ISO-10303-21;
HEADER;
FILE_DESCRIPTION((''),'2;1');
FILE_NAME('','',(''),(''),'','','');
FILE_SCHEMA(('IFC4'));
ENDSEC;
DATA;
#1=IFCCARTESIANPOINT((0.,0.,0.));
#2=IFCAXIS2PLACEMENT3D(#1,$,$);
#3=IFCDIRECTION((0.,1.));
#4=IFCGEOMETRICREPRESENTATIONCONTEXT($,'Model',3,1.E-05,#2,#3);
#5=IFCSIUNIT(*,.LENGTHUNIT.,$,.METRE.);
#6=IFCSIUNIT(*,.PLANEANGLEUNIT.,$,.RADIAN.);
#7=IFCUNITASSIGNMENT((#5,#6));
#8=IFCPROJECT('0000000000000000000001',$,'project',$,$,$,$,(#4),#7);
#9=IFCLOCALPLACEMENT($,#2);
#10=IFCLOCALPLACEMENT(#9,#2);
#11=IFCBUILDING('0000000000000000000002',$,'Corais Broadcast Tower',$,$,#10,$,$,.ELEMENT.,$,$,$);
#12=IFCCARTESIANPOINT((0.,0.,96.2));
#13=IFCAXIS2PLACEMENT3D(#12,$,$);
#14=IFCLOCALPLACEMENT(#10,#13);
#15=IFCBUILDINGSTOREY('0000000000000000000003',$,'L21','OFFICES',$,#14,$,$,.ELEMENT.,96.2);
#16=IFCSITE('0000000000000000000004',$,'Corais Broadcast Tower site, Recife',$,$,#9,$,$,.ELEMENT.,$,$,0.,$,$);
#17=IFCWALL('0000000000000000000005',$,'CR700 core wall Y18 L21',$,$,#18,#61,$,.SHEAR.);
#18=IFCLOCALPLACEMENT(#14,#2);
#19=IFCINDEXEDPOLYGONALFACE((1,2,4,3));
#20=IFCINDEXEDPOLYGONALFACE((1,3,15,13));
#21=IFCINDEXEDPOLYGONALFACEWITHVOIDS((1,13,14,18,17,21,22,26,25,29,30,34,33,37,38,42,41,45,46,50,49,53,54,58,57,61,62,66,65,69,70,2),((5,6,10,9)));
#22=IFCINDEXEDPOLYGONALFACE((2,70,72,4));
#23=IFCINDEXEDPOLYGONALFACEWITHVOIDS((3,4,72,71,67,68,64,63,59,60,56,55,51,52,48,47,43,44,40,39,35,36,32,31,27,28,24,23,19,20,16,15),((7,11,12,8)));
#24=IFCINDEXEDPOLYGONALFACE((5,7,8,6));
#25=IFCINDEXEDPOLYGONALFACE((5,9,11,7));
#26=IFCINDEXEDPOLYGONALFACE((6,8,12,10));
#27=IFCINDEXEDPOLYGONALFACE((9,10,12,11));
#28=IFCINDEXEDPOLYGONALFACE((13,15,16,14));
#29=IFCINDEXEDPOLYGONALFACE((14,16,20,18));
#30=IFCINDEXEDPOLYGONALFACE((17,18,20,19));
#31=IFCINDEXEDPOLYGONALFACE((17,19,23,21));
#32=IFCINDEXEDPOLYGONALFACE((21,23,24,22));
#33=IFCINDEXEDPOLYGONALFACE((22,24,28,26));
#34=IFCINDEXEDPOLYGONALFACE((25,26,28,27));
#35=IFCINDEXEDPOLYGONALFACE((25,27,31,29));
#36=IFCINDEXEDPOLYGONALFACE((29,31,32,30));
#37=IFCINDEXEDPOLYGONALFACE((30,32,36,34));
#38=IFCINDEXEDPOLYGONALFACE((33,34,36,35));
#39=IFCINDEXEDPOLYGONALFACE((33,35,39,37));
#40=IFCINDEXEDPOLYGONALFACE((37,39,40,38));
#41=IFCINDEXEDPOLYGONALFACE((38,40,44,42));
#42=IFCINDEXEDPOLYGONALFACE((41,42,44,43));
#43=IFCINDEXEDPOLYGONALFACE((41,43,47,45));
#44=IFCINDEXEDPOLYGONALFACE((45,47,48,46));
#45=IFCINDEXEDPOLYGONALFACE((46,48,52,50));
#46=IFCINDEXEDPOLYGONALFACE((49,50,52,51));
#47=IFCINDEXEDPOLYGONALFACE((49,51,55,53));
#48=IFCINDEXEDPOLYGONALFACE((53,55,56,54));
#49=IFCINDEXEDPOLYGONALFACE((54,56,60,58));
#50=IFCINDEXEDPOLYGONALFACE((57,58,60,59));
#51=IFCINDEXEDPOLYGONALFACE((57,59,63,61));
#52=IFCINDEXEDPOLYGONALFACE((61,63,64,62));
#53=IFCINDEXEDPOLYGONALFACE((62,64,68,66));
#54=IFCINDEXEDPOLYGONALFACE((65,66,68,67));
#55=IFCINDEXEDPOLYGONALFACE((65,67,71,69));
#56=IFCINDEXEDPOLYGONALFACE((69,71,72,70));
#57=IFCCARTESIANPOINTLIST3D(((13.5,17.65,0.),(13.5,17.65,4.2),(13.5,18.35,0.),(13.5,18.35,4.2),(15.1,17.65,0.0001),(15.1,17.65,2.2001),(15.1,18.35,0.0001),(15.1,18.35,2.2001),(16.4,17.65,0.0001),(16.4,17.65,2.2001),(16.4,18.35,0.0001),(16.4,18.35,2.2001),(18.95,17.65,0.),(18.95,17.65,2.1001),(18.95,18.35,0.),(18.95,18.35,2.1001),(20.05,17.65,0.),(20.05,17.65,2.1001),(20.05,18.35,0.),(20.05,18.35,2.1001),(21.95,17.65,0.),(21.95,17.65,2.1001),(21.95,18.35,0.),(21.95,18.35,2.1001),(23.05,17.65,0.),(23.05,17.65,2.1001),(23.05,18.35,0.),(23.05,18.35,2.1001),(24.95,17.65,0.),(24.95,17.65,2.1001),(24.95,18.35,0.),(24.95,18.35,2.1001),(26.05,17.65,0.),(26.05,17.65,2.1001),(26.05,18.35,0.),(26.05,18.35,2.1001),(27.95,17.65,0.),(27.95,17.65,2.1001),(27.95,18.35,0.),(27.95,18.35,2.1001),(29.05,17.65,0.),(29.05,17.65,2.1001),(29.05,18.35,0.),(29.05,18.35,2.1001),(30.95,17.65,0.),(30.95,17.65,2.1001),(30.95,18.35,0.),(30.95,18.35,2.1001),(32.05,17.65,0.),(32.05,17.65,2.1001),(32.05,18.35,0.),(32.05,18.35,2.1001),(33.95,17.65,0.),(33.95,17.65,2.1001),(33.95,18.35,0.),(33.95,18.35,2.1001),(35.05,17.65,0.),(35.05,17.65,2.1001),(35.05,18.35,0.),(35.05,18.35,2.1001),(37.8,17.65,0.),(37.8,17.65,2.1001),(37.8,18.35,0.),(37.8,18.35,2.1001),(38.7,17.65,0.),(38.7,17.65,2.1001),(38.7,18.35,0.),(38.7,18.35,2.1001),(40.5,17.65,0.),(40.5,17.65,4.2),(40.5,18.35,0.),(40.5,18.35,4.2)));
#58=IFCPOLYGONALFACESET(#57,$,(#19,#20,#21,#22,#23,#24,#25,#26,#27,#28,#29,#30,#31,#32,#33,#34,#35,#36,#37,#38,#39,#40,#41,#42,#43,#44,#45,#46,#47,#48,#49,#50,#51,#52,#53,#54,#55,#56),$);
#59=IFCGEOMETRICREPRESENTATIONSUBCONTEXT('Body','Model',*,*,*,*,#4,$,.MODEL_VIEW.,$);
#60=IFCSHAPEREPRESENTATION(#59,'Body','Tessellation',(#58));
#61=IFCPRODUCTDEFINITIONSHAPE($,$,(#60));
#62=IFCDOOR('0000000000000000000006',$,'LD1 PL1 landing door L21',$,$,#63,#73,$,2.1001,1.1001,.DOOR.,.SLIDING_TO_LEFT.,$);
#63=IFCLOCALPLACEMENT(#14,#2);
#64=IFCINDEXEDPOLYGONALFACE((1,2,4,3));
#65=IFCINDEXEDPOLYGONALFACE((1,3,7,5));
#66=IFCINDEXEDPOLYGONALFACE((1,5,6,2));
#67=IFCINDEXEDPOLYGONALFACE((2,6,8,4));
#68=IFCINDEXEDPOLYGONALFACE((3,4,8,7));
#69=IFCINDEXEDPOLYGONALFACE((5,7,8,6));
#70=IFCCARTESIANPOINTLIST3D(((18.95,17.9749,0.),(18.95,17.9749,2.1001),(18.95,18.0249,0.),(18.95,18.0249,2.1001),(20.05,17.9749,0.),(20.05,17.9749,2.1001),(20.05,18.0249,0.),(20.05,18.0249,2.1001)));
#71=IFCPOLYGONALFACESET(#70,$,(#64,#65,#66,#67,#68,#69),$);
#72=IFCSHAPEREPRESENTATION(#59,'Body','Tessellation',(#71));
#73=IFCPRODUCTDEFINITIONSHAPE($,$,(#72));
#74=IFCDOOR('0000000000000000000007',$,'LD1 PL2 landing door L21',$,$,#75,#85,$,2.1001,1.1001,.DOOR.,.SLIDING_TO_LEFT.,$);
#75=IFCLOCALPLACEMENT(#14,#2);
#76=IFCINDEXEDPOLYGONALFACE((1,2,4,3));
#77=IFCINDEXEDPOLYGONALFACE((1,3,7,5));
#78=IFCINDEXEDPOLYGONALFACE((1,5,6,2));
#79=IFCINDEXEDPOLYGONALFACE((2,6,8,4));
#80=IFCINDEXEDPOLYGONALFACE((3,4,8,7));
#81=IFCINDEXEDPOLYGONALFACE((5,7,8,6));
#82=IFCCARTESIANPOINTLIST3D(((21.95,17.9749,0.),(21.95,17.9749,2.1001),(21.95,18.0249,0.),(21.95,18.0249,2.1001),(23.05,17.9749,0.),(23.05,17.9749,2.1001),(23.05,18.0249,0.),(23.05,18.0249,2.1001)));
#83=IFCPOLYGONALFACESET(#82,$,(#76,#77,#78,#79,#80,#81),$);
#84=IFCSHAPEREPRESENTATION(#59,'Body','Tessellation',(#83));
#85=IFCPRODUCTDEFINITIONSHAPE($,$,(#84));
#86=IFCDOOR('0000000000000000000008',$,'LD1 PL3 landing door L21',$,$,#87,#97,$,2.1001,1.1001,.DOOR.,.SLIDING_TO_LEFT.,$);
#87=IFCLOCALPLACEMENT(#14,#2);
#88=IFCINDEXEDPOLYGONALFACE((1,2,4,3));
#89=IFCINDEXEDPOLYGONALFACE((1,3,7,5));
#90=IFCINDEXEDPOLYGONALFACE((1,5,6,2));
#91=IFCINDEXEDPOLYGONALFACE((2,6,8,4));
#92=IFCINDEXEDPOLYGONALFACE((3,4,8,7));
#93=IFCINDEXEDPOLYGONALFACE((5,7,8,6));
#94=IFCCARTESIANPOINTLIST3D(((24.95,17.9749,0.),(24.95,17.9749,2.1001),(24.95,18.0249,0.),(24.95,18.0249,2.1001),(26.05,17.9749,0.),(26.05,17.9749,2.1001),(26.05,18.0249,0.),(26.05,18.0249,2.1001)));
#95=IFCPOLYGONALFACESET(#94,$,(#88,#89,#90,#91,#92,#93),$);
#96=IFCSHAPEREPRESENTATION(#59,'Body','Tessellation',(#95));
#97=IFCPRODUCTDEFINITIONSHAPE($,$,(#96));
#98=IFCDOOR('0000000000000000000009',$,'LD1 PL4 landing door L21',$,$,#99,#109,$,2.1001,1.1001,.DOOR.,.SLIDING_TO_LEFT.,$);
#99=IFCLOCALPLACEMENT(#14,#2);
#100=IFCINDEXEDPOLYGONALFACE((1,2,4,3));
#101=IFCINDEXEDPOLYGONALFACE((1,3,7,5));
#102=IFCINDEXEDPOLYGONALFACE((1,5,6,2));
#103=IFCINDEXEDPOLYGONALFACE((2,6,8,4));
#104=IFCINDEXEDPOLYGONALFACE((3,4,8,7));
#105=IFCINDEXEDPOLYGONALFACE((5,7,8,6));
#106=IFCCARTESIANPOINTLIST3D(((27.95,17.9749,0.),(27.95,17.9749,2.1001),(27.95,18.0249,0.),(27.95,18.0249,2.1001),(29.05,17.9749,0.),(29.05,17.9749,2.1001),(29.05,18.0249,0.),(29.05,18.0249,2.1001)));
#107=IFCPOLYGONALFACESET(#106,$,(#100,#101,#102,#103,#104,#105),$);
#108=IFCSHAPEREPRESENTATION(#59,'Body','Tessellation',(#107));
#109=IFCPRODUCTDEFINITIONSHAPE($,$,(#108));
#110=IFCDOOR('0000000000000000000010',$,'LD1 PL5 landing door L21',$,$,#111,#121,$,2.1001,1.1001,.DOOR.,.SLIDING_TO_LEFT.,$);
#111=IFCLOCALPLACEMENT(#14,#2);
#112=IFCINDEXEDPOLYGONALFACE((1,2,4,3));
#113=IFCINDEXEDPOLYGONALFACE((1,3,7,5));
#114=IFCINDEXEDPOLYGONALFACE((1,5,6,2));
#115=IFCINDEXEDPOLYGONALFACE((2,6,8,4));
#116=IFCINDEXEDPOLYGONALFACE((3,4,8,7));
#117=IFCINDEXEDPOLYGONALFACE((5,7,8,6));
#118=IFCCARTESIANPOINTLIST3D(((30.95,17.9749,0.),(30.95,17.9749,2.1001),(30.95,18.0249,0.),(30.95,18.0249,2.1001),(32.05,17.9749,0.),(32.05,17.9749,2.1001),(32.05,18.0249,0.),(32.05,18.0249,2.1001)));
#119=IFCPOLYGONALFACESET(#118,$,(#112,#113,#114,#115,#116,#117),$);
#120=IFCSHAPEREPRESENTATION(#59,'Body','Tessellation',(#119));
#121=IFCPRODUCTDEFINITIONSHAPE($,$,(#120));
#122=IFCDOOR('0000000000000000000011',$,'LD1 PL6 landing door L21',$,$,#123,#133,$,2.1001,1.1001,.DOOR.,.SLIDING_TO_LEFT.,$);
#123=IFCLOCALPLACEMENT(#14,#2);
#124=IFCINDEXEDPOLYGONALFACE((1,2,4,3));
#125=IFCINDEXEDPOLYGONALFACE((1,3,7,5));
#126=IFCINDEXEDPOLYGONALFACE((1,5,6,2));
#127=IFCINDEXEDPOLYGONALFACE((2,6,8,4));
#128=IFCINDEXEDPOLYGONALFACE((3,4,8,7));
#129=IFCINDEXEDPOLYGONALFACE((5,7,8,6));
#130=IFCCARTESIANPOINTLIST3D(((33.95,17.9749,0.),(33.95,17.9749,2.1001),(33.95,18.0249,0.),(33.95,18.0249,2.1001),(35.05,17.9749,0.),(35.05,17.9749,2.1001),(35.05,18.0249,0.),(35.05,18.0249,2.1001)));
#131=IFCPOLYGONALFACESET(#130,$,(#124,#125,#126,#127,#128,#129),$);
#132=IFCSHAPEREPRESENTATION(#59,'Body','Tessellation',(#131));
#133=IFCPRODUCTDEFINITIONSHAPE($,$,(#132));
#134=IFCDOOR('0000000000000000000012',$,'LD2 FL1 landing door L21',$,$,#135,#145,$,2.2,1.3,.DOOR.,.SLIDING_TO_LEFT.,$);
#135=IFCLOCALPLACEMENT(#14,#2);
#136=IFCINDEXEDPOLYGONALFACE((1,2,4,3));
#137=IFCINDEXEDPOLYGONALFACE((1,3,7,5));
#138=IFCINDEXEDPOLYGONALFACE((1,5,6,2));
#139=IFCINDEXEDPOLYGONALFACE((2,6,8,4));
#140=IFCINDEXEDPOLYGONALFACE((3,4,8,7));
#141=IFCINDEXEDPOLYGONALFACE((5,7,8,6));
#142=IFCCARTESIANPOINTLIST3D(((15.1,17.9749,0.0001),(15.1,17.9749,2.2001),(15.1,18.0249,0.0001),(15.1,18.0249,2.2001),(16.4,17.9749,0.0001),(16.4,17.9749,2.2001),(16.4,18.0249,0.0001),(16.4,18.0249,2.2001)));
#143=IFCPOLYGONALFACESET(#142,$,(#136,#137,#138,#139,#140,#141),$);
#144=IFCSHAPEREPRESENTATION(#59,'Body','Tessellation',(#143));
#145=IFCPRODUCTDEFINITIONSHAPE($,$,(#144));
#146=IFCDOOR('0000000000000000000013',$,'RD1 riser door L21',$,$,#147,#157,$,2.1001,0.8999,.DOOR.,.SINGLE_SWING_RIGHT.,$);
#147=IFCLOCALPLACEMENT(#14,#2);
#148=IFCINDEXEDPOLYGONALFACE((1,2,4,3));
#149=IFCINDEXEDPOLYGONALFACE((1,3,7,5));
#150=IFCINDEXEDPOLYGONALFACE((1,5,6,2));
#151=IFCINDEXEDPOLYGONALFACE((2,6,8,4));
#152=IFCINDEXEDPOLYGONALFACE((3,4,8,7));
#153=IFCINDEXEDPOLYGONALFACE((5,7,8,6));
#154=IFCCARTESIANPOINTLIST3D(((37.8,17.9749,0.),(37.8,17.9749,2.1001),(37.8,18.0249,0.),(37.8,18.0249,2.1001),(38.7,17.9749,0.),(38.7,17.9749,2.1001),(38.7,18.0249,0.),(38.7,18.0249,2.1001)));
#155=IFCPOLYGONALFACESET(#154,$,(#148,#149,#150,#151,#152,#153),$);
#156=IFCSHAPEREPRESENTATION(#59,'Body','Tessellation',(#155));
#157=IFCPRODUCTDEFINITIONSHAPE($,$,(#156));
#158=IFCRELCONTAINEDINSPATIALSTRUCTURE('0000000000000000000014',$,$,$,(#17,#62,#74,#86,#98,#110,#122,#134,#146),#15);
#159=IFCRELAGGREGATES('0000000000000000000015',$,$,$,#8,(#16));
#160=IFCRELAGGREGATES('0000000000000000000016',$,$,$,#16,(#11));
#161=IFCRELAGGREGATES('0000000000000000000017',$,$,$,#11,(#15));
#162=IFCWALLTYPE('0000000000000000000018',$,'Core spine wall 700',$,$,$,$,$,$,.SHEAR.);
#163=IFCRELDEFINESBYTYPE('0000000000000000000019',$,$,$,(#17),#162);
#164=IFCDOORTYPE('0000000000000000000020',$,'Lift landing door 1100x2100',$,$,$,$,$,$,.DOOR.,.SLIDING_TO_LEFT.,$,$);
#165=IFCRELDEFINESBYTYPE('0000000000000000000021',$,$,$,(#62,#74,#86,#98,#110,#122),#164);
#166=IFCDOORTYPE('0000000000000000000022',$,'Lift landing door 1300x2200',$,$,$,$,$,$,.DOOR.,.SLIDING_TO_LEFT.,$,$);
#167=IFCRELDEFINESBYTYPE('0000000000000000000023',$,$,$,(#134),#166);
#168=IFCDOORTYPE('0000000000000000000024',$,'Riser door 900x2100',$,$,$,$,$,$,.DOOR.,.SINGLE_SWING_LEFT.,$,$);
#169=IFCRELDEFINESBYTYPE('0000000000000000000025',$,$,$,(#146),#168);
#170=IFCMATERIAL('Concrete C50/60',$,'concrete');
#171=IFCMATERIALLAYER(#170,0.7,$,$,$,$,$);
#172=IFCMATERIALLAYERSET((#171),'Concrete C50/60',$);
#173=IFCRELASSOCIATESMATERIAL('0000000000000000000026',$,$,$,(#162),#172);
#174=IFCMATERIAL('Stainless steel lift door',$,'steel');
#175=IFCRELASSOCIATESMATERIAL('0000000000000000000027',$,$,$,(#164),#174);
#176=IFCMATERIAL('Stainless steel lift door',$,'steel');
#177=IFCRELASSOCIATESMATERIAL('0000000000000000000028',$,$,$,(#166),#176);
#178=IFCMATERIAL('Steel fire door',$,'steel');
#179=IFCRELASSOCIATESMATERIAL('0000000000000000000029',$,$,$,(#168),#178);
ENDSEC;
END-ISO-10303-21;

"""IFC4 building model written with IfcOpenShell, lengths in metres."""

from ifc_helpers import new_model, si_unit, direction, frame, frame_2d, origin, place, context, subcontext, project, spatial, rectangle, extrude, material, layer, layer_set, type_object, element, fill, save


model = new_model("IFC4")

# Units and contexts
model_context = context("Model", 3, precision=1e-05, world=origin(), true_north=direction((0.0, 1.0)))
body_context = subcontext(model_context, "Body", "Model", "MODEL_VIEW")
ifc_project = project(units=[si_unit("LENGTHUNIT", "METRE"), si_unit("PLANEANGLEUNIT", "RADIAN")], contexts=[model_context])

# Site, building, storey
site_placement = place(None, origin())
site = spatial("IfcSite", under=ifc_project, at=site_placement, Name="Corais Broadcast Tower site, Recife", CompositionType="ELEMENT", RefElevation=0.0)
building_placement = place(site_placement, origin())
building = spatial("IfcBuilding", under=site, at=building_placement, Name="Corais Broadcast Tower", CompositionType="ELEMENT")
storey_placement = place(building_placement, frame((0.0, 0.0, 96.2)))
storey = spatial("IfcBuildingStorey", under=building, at=storey_placement, Name="L21", Description="OFFICES", CompositionType="ELEMENT", Elevation=96.2)

# Wall, openings, doors
ifc_material_1 = material(Name="Concrete C50/60", Category="concrete")
ifc_layer_1 = layer(ifc_material_1, 0.7)
ifc_layer_set_1 = layer_set([ifc_layer_1], Name="Concrete C50/60")
wall_type_1 = type_object("IfcWallType", Name="Core spine wall 700", PredefinedType="SHEAR", material=ifc_layer_set_1)
wall_1_placement = place(storey_placement, frame((13.5, 18.0, 0.0), z_axis=(0.0, 0.0, 1.0), x_axis=(1.0, 0.0, 0.0)))
wall_1 = element("IfcWall", 1, at=wall_1_placement, inside=storey, type_object=wall_type_1, Name="CR700 core wall Y18 L21", PredefinedType="SHEAR", context=body_context, shape_type="SweptSolid", body=[
    extrude(rectangle(XDim=27.0, YDim=0.7, at=frame_2d((13.5, 0.0))), origin(), (0.0, 0.0, 1.0), 4.2),
])
opening_1_placement = place(wall_1_placement, frame((24.3, 0.0, 0.0)))
opening_1 = element("IfcOpeningElement", 2, at=opening_1_placement, cuts=wall_1, PredefinedType="OPENING", context=body_context, shape_type="SweptSolid", body=[
    extrude(rectangle(XDim=0.8999, YDim=2.1001, at=frame_2d((0.45, 1.05))), frame((0.0, 0.3599, 0.0), z_axis=(0.0, -1.0, 0.0), x_axis=(1.0, 0.0, 0.0)), (0.0, 0.0, 1.0), 0.72),
])
opening_2_placement = place(wall_1_placement, frame((5.45, 0.0, 0.0)))
opening_2 = element("IfcOpeningElement", 3, at=opening_2_placement, cuts=wall_1, PredefinedType="OPENING", context=body_context, shape_type="SweptSolid", body=[
    extrude(rectangle(XDim=1.1001, YDim=2.1001, at=frame_2d((0.55, 1.05))), frame((0.0, 0.3599, 0.0), z_axis=(0.0, -1.0, 0.0), x_axis=(1.0, 0.0, 0.0)), (0.0, 0.0, 1.0), 0.72),
])
opening_3_placement = place(wall_1_placement, frame((8.45, 0.0, 0.0)))
opening_3 = element("IfcOpeningElement", 4, at=opening_3_placement, cuts=wall_1, PredefinedType="OPENING", context=body_context, shape_type="SweptSolid", body=[
    extrude(rectangle(XDim=1.1001, YDim=2.1001, at=frame_2d((0.55, 1.05))), frame((0.0, 0.3599, 0.0), z_axis=(0.0, -1.0, 0.0), x_axis=(1.0, 0.0, 0.0)), (0.0, 0.0, 1.0), 0.72),
])
opening_4_placement = place(wall_1_placement, frame((11.45, 0.0, 0.0)))
opening_4 = element("IfcOpeningElement", 5, at=opening_4_placement, cuts=wall_1, PredefinedType="OPENING", context=body_context, shape_type="SweptSolid", body=[
    extrude(rectangle(XDim=1.1001, YDim=2.1001, at=frame_2d((0.55, 1.05))), frame((0.0, 0.3599, 0.0), z_axis=(0.0, -1.0, 0.0), x_axis=(1.0, 0.0, 0.0)), (0.0, 0.0, 1.0), 0.72),
])
opening_5_placement = place(wall_1_placement, frame((14.45, 0.0, 0.0)))
opening_5 = element("IfcOpeningElement", 6, at=opening_5_placement, cuts=wall_1, PredefinedType="OPENING", context=body_context, shape_type="SweptSolid", body=[
    extrude(rectangle(XDim=1.1001, YDim=2.1001, at=frame_2d((0.55, 1.05))), frame((0.0, 0.3599, 0.0), z_axis=(0.0, -1.0, 0.0), x_axis=(1.0, 0.0, 0.0)), (0.0, 0.0, 1.0), 0.72),
])
opening_6_placement = place(wall_1_placement, frame((17.45, 0.0, 0.0)))
opening_6 = element("IfcOpeningElement", 7, at=opening_6_placement, cuts=wall_1, PredefinedType="OPENING", context=body_context, shape_type="SweptSolid", body=[
    extrude(rectangle(XDim=1.1001, YDim=2.1001, at=frame_2d((0.55, 1.05))), frame((0.0, 0.3599, 0.0), z_axis=(0.0, -1.0, 0.0), x_axis=(1.0, 0.0, 0.0)), (0.0, 0.0, 1.0), 0.72),
])
opening_7_placement = place(wall_1_placement, frame((20.45, 0.0, 0.0)))
opening_7 = element("IfcOpeningElement", 8, at=opening_7_placement, cuts=wall_1, PredefinedType="OPENING", context=body_context, shape_type="SweptSolid", body=[
    extrude(rectangle(XDim=1.1001, YDim=2.1001, at=frame_2d((0.55, 1.05))), frame((0.0, 0.3599, 0.0), z_axis=(0.0, -1.0, 0.0), x_axis=(1.0, 0.0, 0.0)), (0.0, 0.0, 1.0), 0.72),
])
opening_8_placement = place(wall_1_placement, frame((1.6001, 0.0, 0.0)))
opening_8 = element("IfcOpeningElement", 9, at=opening_8_placement, cuts=wall_1, PredefinedType="OPENING", context=body_context, shape_type="SweptSolid", body=[
    extrude(rectangle(XDim=1.3, YDim=2.2, at=frame_2d((0.6499, 1.1001))), frame((0.0, 0.3599, 0.0), z_axis=(0.0, -1.0, 0.0), x_axis=(1.0, 0.0, 0.0)), (0.0, 0.0, 1.0), 0.72),
])
ifc_material_2 = material(Name="Stainless steel lift door", Category="steel")
door_type_1 = type_object("IfcDoorType", Name="Lift landing door 1100x2100", OperationType="SLIDING_TO_LEFT", PredefinedType="DOOR", material=ifc_material_2)
door_1_placement = place(opening_2_placement, origin())
door_1 = element("IfcDoor", 10, at=door_1_placement, inside=storey, type_object=door_type_1, Name="LD1 PL1 landing door L21", OperationType="SLIDING_TO_LEFT", OverallHeight=2.1001, OverallWidth=1.1001, PredefinedType="DOOR", context=body_context, shape_type="SweptSolid", body=[
    extrude(rectangle(XDim=1.1001, YDim=2.1001, at=frame_2d((0.55, 1.05))), frame((0.0, 0.0249, 0.0), z_axis=(0.0, -1.0, 0.0), x_axis=(1.0, 0.0, 0.0)), (0.0, 0.0, 1.0), 0.05),
])
fill(opening_2, door_1)
door_2_placement = place(opening_3_placement, origin())
door_2 = element("IfcDoor", 11, at=door_2_placement, inside=storey, type_object=door_type_1, Name="LD1 PL2 landing door L21", OperationType="SLIDING_TO_LEFT", OverallHeight=2.1001, OverallWidth=1.1001, PredefinedType="DOOR", context=body_context, shape_type="SweptSolid", body=[
    extrude(rectangle(XDim=1.1001, YDim=2.1001, at=frame_2d((0.55, 1.05))), frame((0.0, 0.0249, 0.0), z_axis=(0.0, -1.0, 0.0), x_axis=(1.0, 0.0, 0.0)), (0.0, 0.0, 1.0), 0.05),
])
fill(opening_3, door_2)
door_3_placement = place(opening_4_placement, origin())
door_3 = element("IfcDoor", 12, at=door_3_placement, inside=storey, type_object=door_type_1, Name="LD1 PL3 landing door L21", OperationType="SLIDING_TO_LEFT", OverallHeight=2.1001, OverallWidth=1.1001, PredefinedType="DOOR", context=body_context, shape_type="SweptSolid", body=[
    extrude(rectangle(XDim=1.1001, YDim=2.1001, at=frame_2d((0.55, 1.05))), frame((0.0, 0.0249, 0.0), z_axis=(0.0, -1.0, 0.0), x_axis=(1.0, 0.0, 0.0)), (0.0, 0.0, 1.0), 0.05),
])
fill(opening_4, door_3)
door_4_placement = place(opening_5_placement, origin())
door_4 = element("IfcDoor", 13, at=door_4_placement, inside=storey, type_object=door_type_1, Name="LD1 PL4 landing door L21", OperationType="SLIDING_TO_LEFT", OverallHeight=2.1001, OverallWidth=1.1001, PredefinedType="DOOR", context=body_context, shape_type="SweptSolid", body=[
    extrude(rectangle(XDim=1.1001, YDim=2.1001, at=frame_2d((0.55, 1.05))), frame((0.0, 0.0249, 0.0), z_axis=(0.0, -1.0, 0.0), x_axis=(1.0, 0.0, 0.0)), (0.0, 0.0, 1.0), 0.05),
])
fill(opening_5, door_4)
door_5_placement = place(opening_6_placement, origin())
door_5 = element("IfcDoor", 14, at=door_5_placement, inside=storey, type_object=door_type_1, Name="LD1 PL5 landing door L21", OperationType="SLIDING_TO_LEFT", OverallHeight=2.1001, OverallWidth=1.1001, PredefinedType="DOOR", context=body_context, shape_type="SweptSolid", body=[
    extrude(rectangle(XDim=1.1001, YDim=2.1001, at=frame_2d((0.55, 1.05))), frame((0.0, 0.0249, 0.0), z_axis=(0.0, -1.0, 0.0), x_axis=(1.0, 0.0, 0.0)), (0.0, 0.0, 1.0), 0.05),
])
fill(opening_6, door_5)
door_6_placement = place(opening_7_placement, origin())
door_6 = element("IfcDoor", 15, at=door_6_placement, inside=storey, type_object=door_type_1, Name="LD1 PL6 landing door L21", OperationType="SLIDING_TO_LEFT", OverallHeight=2.1001, OverallWidth=1.1001, PredefinedType="DOOR", context=body_context, shape_type="SweptSolid", body=[
    extrude(rectangle(XDim=1.1001, YDim=2.1001, at=frame_2d((0.55, 1.05))), frame((0.0, 0.0249, 0.0), z_axis=(0.0, -1.0, 0.0), x_axis=(1.0, 0.0, 0.0)), (0.0, 0.0, 1.0), 0.05),
])
fill(opening_7, door_6)
ifc_material_3 = material(Name="Stainless steel lift door", Category="steel")
door_type_2 = type_object("IfcDoorType", Name="Lift landing door 1300x2200", OperationType="SLIDING_TO_LEFT", PredefinedType="DOOR", material=ifc_material_3)
door_7_placement = place(opening_8_placement, origin())
door_7 = element("IfcDoor", 16, at=door_7_placement, inside=storey, type_object=door_type_2, Name="LD2 FL1 landing door L21", OperationType="SLIDING_TO_LEFT", OverallHeight=2.2, OverallWidth=1.3, PredefinedType="DOOR", context=body_context, shape_type="SweptSolid", body=[
    extrude(rectangle(XDim=1.3, YDim=2.2, at=frame_2d((0.6499, 1.1001))), frame((0.0, 0.0249, 0.0), z_axis=(0.0, -1.0, 0.0), x_axis=(1.0, 0.0, 0.0)), (0.0, 0.0, 1.0), 0.05),
])
fill(opening_8, door_7)
ifc_material_4 = material(Name="Steel fire door", Category="steel")
door_type_3 = type_object("IfcDoorType", Name="Riser door 900x2100", OperationType="SINGLE_SWING_LEFT", PredefinedType="DOOR", material=ifc_material_4)
door_8_placement = place(opening_1_placement, origin())
door_8 = element("IfcDoor", 17, at=door_8_placement, inside=storey, type_object=door_type_3, Name="RD1 riser door L21", OperationType="SINGLE_SWING_RIGHT", OverallHeight=2.1001, OverallWidth=0.8999, PredefinedType="DOOR", context=body_context, shape_type="SweptSolid", body=[
    extrude(rectangle(XDim=0.8999, YDim=2.1001, at=frame_2d((0.45, 1.05))), frame((0.0, 0.0249, 0.0), z_axis=(0.0, -1.0, 0.0), x_axis=(1.0, 0.0, 0.0)), (0.0, 0.0, 1.0), 0.05),
])
fill(opening_1, door_8)

save(model, "model.ifc")
